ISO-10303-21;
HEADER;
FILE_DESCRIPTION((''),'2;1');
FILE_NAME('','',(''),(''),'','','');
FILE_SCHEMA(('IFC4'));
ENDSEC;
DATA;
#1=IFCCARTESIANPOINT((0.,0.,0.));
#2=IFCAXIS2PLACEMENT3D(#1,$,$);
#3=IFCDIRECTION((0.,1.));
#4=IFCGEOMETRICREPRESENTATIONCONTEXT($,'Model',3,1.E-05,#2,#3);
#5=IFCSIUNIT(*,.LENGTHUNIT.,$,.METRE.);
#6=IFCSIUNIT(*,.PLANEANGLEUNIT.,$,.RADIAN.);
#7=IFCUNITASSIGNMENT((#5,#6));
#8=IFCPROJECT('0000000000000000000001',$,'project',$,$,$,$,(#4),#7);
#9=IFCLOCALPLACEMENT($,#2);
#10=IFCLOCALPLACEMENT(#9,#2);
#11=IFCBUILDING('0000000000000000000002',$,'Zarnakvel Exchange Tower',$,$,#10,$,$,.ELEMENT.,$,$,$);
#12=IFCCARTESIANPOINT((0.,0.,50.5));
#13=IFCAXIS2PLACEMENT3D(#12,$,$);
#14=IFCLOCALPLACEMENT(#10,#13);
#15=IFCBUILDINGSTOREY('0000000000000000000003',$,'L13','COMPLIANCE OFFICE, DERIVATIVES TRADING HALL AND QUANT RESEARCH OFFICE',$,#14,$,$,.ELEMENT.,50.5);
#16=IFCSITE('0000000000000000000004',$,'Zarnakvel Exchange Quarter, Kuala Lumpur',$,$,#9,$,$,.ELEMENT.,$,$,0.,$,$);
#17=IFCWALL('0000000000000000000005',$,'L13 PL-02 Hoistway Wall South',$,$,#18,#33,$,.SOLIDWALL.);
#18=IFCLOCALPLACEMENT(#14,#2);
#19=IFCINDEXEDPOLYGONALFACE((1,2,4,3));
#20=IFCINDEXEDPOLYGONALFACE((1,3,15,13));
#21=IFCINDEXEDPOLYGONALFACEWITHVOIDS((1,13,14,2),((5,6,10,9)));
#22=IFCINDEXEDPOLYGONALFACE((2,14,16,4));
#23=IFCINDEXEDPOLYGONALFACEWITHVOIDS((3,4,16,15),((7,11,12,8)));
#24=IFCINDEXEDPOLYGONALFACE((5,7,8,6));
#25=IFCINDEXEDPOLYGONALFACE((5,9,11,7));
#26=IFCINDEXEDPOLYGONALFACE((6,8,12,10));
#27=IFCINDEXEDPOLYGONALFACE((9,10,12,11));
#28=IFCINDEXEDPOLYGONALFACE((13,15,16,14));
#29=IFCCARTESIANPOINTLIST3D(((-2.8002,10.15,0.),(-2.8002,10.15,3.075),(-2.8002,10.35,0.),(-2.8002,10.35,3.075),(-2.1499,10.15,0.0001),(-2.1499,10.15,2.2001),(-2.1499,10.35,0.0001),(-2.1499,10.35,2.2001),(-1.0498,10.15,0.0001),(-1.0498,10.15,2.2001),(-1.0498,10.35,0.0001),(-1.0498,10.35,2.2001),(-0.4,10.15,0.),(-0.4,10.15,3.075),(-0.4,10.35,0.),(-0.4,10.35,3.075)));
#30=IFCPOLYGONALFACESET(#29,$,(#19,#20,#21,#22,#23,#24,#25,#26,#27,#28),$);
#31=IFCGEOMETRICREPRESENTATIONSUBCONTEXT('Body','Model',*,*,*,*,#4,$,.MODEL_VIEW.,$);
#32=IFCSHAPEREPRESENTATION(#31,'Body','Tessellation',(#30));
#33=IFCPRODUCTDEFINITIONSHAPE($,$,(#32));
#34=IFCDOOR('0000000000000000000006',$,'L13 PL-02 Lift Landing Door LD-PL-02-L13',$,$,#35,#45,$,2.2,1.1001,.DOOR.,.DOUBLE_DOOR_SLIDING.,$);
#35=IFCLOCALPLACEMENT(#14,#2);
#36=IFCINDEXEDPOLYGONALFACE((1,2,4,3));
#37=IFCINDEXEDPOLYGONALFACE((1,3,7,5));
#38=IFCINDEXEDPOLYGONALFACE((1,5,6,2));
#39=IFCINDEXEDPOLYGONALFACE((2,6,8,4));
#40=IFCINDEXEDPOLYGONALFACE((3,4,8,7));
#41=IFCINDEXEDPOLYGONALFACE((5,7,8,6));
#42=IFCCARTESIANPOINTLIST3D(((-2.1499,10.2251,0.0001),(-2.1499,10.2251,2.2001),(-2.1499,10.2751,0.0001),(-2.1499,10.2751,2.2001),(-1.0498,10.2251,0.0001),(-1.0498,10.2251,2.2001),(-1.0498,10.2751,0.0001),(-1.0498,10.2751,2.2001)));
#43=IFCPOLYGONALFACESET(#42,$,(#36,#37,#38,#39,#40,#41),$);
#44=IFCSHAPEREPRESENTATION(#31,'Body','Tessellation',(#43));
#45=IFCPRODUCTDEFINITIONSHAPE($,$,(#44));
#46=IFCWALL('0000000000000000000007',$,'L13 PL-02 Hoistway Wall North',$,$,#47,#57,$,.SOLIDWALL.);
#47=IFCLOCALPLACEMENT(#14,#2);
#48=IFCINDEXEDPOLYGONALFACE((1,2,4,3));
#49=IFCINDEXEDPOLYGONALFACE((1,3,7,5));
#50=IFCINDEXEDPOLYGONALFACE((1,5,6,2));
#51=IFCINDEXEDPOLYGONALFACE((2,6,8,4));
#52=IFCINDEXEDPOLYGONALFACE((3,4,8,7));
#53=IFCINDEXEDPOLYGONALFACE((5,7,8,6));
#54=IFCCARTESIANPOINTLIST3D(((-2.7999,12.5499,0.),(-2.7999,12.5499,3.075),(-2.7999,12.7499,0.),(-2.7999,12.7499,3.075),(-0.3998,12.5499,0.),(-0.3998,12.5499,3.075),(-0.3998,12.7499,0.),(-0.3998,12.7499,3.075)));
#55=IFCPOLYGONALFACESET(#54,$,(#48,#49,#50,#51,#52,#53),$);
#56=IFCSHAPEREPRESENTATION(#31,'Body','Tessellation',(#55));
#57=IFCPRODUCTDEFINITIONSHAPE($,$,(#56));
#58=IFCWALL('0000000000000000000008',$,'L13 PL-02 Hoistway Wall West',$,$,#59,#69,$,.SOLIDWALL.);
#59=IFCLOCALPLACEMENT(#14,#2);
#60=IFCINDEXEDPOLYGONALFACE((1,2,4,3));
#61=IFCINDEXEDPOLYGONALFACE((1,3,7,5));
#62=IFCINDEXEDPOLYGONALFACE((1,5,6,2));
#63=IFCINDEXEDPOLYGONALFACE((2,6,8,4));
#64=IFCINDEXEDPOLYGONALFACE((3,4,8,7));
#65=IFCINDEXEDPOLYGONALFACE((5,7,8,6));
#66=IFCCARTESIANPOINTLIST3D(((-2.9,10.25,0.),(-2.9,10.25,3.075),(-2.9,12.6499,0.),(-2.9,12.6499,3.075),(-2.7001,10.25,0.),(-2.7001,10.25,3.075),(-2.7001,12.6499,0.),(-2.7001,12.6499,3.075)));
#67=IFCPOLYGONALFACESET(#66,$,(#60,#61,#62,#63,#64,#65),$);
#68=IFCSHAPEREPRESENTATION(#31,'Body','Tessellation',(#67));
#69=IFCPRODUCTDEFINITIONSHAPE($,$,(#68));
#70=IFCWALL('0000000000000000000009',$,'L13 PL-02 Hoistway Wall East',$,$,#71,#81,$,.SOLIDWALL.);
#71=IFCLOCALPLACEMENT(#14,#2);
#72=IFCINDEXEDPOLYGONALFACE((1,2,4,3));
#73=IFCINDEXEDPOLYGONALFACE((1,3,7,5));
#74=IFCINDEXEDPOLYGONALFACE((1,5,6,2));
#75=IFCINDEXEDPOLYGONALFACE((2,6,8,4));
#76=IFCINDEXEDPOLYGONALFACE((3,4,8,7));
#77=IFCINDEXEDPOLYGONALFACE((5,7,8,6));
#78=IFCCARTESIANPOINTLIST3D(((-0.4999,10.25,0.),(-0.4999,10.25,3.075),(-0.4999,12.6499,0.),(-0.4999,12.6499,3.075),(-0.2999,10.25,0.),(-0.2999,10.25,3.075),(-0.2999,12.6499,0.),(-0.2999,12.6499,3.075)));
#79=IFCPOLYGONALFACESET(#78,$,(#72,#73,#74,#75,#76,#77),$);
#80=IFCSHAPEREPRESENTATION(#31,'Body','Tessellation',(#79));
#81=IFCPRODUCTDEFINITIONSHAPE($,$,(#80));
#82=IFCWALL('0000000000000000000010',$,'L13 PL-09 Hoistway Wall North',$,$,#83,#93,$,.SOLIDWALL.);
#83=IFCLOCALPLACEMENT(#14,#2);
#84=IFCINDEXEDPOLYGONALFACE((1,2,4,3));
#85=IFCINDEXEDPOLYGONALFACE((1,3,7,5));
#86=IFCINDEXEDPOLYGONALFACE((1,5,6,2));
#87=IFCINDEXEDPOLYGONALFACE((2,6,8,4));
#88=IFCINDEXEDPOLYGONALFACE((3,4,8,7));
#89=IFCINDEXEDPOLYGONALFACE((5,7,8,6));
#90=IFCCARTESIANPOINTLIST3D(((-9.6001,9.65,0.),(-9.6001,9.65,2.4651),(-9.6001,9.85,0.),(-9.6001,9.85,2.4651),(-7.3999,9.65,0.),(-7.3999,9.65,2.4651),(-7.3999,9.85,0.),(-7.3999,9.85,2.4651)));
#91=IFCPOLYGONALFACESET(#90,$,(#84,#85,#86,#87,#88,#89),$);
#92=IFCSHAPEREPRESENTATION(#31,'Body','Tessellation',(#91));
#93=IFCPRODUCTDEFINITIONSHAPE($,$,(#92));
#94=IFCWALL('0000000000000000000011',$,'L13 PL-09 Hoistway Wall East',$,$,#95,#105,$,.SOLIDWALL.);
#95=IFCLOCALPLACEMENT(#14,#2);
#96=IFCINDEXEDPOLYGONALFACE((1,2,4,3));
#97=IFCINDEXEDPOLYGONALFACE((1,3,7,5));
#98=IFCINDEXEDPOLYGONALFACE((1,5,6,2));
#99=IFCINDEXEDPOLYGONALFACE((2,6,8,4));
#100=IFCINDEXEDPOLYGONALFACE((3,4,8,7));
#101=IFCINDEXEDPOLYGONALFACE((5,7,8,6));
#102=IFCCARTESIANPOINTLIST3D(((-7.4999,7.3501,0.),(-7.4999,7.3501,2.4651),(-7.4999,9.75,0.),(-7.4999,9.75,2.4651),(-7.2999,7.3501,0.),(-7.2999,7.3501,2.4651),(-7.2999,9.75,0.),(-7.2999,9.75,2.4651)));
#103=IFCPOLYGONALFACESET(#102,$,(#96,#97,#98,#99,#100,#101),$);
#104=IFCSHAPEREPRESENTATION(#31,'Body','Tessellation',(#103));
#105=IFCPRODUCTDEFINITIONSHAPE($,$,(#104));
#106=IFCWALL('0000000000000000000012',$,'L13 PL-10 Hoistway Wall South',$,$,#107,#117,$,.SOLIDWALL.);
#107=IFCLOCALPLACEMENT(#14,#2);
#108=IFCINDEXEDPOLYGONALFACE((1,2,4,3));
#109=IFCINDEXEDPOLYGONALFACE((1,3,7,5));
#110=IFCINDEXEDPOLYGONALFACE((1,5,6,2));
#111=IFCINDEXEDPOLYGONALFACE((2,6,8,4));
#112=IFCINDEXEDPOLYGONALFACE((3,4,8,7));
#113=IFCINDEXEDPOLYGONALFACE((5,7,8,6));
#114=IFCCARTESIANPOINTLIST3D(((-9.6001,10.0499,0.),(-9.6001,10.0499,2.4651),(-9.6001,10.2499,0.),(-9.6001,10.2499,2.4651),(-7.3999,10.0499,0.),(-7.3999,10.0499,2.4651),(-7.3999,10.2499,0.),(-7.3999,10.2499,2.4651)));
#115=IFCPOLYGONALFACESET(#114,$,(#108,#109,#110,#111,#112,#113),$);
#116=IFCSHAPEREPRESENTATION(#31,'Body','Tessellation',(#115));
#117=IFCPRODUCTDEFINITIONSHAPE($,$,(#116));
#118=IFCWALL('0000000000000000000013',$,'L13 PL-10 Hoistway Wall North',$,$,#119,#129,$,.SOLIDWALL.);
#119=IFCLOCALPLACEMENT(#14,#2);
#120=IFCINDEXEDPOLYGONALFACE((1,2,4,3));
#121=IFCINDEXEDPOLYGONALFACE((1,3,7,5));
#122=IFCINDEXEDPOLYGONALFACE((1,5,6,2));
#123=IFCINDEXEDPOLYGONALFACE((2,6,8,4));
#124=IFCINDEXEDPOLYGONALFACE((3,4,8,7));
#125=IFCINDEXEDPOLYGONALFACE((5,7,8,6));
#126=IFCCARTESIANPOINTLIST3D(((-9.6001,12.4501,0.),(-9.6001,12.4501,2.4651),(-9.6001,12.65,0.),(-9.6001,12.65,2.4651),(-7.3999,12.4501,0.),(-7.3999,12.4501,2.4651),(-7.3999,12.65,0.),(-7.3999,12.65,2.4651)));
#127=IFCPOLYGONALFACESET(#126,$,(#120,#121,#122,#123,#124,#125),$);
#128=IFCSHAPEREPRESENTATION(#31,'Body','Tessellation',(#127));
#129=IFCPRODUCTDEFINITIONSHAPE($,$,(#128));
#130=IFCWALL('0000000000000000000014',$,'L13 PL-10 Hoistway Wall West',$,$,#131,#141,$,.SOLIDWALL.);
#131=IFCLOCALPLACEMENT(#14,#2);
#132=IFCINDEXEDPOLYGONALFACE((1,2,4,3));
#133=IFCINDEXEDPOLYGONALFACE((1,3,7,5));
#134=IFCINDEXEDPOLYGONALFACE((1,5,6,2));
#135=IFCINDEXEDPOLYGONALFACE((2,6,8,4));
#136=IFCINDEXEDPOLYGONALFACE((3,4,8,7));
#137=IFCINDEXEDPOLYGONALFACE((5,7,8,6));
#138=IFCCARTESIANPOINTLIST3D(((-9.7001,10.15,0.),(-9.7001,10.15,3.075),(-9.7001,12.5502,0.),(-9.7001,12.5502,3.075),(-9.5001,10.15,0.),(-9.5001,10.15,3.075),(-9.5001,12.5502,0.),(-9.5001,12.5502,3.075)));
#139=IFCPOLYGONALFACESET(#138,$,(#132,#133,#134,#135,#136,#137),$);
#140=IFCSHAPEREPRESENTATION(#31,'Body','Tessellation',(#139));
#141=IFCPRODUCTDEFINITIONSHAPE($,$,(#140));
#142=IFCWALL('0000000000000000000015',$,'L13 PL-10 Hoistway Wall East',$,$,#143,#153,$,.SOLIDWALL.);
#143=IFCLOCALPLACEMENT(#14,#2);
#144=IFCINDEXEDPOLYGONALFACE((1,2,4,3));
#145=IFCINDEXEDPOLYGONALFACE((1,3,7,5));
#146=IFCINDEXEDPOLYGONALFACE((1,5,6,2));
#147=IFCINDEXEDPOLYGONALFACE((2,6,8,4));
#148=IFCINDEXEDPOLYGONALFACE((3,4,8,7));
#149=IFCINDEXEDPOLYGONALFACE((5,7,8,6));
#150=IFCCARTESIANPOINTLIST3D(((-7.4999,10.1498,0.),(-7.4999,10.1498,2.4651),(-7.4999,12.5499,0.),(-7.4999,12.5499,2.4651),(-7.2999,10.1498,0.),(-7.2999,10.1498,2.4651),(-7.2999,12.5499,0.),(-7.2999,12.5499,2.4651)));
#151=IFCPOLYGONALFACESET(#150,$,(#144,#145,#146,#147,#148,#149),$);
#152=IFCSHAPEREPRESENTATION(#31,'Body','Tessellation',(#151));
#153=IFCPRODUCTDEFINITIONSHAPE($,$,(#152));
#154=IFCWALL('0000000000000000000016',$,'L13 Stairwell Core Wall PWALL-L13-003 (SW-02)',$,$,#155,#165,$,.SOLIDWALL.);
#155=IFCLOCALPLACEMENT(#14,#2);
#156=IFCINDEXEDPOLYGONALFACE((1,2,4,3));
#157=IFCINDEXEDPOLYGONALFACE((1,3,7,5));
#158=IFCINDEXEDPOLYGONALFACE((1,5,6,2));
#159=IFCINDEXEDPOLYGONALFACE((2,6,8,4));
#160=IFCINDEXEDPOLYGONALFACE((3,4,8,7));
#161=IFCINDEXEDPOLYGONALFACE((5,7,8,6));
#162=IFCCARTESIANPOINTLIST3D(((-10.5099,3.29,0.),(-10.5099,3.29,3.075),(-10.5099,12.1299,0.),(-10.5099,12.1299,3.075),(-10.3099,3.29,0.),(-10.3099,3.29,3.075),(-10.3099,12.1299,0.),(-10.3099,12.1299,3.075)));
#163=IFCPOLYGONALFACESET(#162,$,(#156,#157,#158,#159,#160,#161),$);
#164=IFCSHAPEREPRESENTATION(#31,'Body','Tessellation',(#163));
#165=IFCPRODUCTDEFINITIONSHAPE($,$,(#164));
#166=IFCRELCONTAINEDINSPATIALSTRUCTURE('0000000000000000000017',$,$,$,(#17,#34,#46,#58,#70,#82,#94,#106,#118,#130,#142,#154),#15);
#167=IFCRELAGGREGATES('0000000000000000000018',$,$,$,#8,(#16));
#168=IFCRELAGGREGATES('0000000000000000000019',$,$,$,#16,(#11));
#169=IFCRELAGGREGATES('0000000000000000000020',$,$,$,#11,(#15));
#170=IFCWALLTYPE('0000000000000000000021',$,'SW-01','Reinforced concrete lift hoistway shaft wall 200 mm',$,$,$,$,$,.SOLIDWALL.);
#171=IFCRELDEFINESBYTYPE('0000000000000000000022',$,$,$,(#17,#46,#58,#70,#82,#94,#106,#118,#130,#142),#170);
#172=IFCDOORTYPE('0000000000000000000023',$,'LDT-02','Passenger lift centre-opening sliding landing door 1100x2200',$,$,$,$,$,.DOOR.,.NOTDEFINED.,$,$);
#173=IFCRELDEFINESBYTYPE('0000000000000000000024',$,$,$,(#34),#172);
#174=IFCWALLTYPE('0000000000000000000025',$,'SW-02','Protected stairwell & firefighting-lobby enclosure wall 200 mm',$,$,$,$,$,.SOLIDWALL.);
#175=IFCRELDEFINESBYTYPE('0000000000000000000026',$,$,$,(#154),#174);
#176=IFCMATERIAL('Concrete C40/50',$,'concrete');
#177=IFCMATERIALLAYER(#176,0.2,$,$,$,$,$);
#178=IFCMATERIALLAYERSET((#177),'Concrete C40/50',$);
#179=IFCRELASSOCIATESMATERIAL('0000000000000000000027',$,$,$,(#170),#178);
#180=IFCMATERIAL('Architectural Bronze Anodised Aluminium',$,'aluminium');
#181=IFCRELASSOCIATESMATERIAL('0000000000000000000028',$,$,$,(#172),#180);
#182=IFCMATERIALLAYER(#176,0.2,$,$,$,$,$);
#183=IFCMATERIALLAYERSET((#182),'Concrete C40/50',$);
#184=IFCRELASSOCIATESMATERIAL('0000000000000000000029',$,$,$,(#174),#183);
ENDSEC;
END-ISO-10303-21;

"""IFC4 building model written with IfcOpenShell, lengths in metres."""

from ifc_helpers import new_model, si_unit, direction, frame, frame_2d, origin, place, context, subcontext, project, spatial, rectangle, extrude, source, transform, mapped, material, layer, layer_set, type_object, element, fill, save


model = new_model("IFC4")

# Units and contexts
model_context = context("Model", 3, precision=1e-05, world=origin(), true_north=direction((0.0, 1.0)))
body_context = subcontext(model_context, "Body", "Model", "MODEL_VIEW")
ifc_project = project(units=[si_unit("LENGTHUNIT", "METRE"), si_unit("PLANEANGLEUNIT", "RADIAN")], contexts=[model_context])

# Site, building, storey
site_placement = place(None, origin())
site = spatial("IfcSite", under=ifc_project, at=site_placement, Name="Zarnakvel Exchange Quarter, Kuala Lumpur", CompositionType="ELEMENT", RefElevation=0.0)
building_placement = place(site_placement, origin())
building = spatial("IfcBuilding", under=site, at=building_placement, Name="Zarnakvel Exchange Tower", CompositionType="ELEMENT")
storey_placement = place(building_placement, frame((0.0, 0.0, 50.5)))
storey = spatial("IfcBuildingStorey", under=building, at=storey_placement, Name="L13", Description="COMPLIANCE OFFICE, DERIVATIVES TRADING HALL AND QUANT RESEARCH OFFICE", CompositionType="ELEMENT", Elevation=50.5)

# Shared definitions
ifc_material_1 = material(Name="Architectural Bronze Anodised Aluminium", Category="aluminium")

# Shared definitions
ifc_material_2 = material(Name="Concrete C40/50", Category="concrete")
ifc_layer_1 = layer(ifc_material_2, 0.2)
ifc_layer_set_1 = layer_set([ifc_layer_1], Name="Concrete C40/50")
wall_type_1 = type_object("IfcWallType", Name="SW-01", Description="Reinforced concrete lift hoistway shaft wall 200 mm", PredefinedType="SOLIDWALL", material=ifc_layer_set_1)
door_type = type_object("IfcDoorType", Name="LDT-02", Description="Passenger lift centre-opening sliding landing door 1100x2200", OperationType="NOTDEFINED", PredefinedType="DOOR", material=ifc_material_1)
shared_shape_1 = source(origin(), body_context, "Body", "SweptSolid", [
    extrude(rectangle(XDim=1.1001, YDim=2.2, at=frame_2d((0.55, 1.1001))), frame((0.0, 0.0249, 0.0), z_axis=(0.0, -1.0, 0.0), x_axis=(1.0, 0.0, 0.0)), (0.0, 0.0, 1.0), 0.05),
])

# Wall, opening, door
wall_1_placement = place(storey_placement, frame((-0.3999, 10.25, 0.0), z_axis=(0.0, 0.0, 1.0), x_axis=(-1.0, 0.0, 0.0)))
wall_1 = element("IfcWall", 1, at=wall_1_placement, inside=storey, type_object=wall_type_1, Name="L13 PL-02 Hoistway Wall South", PredefinedType="SOLIDWALL", context=body_context, shape_type="SweptSolid", body=[
    extrude(rectangle(XDim=2.4001, YDim=0.2, at=frame_2d((1.2002, 0.0))), origin(), (0.0, 0.0, 1.0), 3.075),
])
opening_1_placement = place(wall_1_placement, frame((0.6499, 0.0, 0.0)))
opening_1 = element("IfcOpeningElement", 2, at=opening_1_placement, cuts=wall_1, PredefinedType="OPENING", context=body_context, shape_type="SweptSolid", body=[
    extrude(rectangle(XDim=1.1001, YDim=2.2, at=frame_2d((0.55, 1.1001))), frame((0.0, 0.1099, 0.0), z_axis=(0.0, -1.0, 0.0), x_axis=(1.0, 0.0, 0.0)), (0.0, 0.0, 1.0), 0.22),
])
door_1_placement = place(opening_1_placement, origin())
door_1 = element("IfcDoor", 3, at=door_1_placement, inside=storey, type_object=door_type, Name="L13 PL-02 Lift Landing Door LD-PL-02-L13", OperationType="DOUBLE_DOOR_SLIDING", OverallHeight=2.2, OverallWidth=1.1001, PredefinedType="DOOR", context=body_context, shape_type="MappedRepresentation", body=[
    mapped(shared_shape_1, transform((0.0, 0.0, 0.0), x_axis=(1.0, 0.0, 0.0), y_axis=(0.0, 1.0, 0.0), z_axis=(0.0, 0.0, 1.0), scale=1.0)),
])
fill(opening_1, door_1)

# Walls
wall_2_placement = place(storey_placement, frame((-2.8, 12.6499, 0.0), z_axis=(0.0, 0.0, 1.0), x_axis=(1.0, 0.0, 0.0)))
element("IfcWall", 4, at=wall_2_placement, inside=storey, type_object=wall_type_1, Name="L13 PL-02 Hoistway Wall North", PredefinedType="SOLIDWALL", context=body_context, shape_type="SweptSolid", body=[
    extrude(rectangle(XDim=2.4001, YDim=0.2, at=frame_2d((1.2002, 0.0))), origin(), (0.0, 0.0, 1.0), 3.075),
])
for number, where, z_axis, x_axis, name in (
    (5, (-2.8, 10.25, 0.0), (0.0, 0.0, 1.0), (0.0, 1.0, 0.0), "L13 PL-02 Hoistway Wall West"),
    (6, (-0.3999, 12.6499, 0.0), (0.0, 0.0, 1.0), (0.0, -1.0, 0.0), "L13 PL-02 Hoistway Wall East"),
):
    element("IfcWall", number, at=place(storey_placement, frame(where, z_axis=z_axis, x_axis=x_axis)), inside=storey, type_object=wall_type_1, Name=name, PredefinedType="SOLIDWALL", context=body_context, shape_type="SweptSolid", body=[
        extrude(rectangle(XDim=2.3999, YDim=0.2, at=frame_2d((1.2, 0.0))), origin(), (0.0, 0.0, 1.0), 3.075),
    ])
wall_3_placement = place(storey_placement, frame((-9.6001, 9.75, 0.0), z_axis=(0.0, 0.0, 1.0), x_axis=(1.0, 0.0, 0.0)))
element("IfcWall", 7, at=wall_3_placement, inside=storey, type_object=wall_type_1, Name="L13 PL-09 Hoistway Wall North", PredefinedType="SOLIDWALL", context=body_context, shape_type="SweptSolid", body=[
    extrude(rectangle(XDim=2.2002, YDim=0.2, at=frame_2d((1.1001, 0.0))), origin(), (0.0, 0.0, 1.0), 2.4651),
])
wall_4_placement = place(storey_placement, frame((-7.3999, 9.75, 0.0), z_axis=(0.0, 0.0, 1.0), x_axis=(0.0, -1.0, 0.0)))
element("IfcWall", 8, at=wall_4_placement, inside=storey, type_object=wall_type_1, Name="L13 PL-09 Hoistway Wall East", PredefinedType="SOLIDWALL", context=body_context, shape_type="SweptSolid", body=[
    extrude(rectangle(XDim=2.3999, YDim=0.2, at=frame_2d((1.2, 0.0))), origin(), (0.0, 0.0, 1.0), 2.4651),
])
for number, where, z_axis, x_axis, name in (
    (9, (-7.3999, 10.1499, 0.0), (0.0, 0.0, 1.0), (-1.0, 0.0, 0.0), "L13 PL-10 Hoistway Wall South"),
    (10, (-9.6001, 12.55, 0.0), (0.0, 0.0, 1.0), (1.0, 0.0, 0.0), "L13 PL-10 Hoistway Wall North"),
):
    element("IfcWall", number, at=place(storey_placement, frame(where, z_axis=z_axis, x_axis=x_axis)), inside=storey, type_object=wall_type_1, Name=name, PredefinedType="SOLIDWALL", context=body_context, shape_type="SweptSolid", body=[
        extrude(rectangle(XDim=2.2002, YDim=0.2, at=frame_2d((1.1001, 0.0))), origin(), (0.0, 0.0, 1.0), 2.4651),
    ])
wall_5_placement = place(storey_placement, frame((-9.6001, 10.1499, 0.0), z_axis=(0.0, 0.0, 1.0), x_axis=(0.0, 1.0, 0.0)))
element("IfcWall", 11, at=wall_5_placement, inside=storey, type_object=wall_type_1, Name="L13 PL-10 Hoistway Wall West", PredefinedType="SOLIDWALL", context=body_context, shape_type="SweptSolid", body=[
    extrude(rectangle(XDim=2.4001, YDim=0.2, at=frame_2d((1.2002, 0.0))), origin(), (0.0, 0.0, 1.0), 3.075),
])
wall_6_placement = place(storey_placement, frame((-7.3999, 12.55, 0.0), z_axis=(0.0, 0.0, 1.0), x_axis=(0.0, -1.0, 0.0)))
element("IfcWall", 12, at=wall_6_placement, inside=storey, type_object=wall_type_1, Name="L13 PL-10 Hoistway Wall East", PredefinedType="SOLIDWALL", context=body_context, shape_type="SweptSolid", body=[
    extrude(rectangle(XDim=2.4001, YDim=0.2, at=frame_2d((1.2002, 0.0))), origin(), (0.0, 0.0, 1.0), 2.4651),
])
ifc_layer_2 = layer(ifc_material_2, 0.2)
ifc_layer_set_2 = layer_set([ifc_layer_2], Name="Concrete C40/50")
wall_type_2 = type_object("IfcWallType", Name="SW-02", Description="Protected stairwell & firefighting-lobby enclosure wall 200 mm", PredefinedType="SOLIDWALL", material=ifc_layer_set_2)
wall_7_placement = place(storey_placement, frame((-10.4099, 12.1299, 0.0), z_axis=(0.0, 0.0, 1.0), x_axis=(0.0, -1.0, 0.0)))
element("IfcWall", 13, at=wall_7_placement, inside=storey, type_object=wall_type_2, Name="L13 Stairwell Core Wall PWALL-L13-003 (SW-02)", PredefinedType="SOLIDWALL", context=body_context, shape_type="SweptSolid", body=[
    extrude(rectangle(XDim=8.8398, YDim=0.2, at=frame_2d((4.4199, 0.0))), origin(), (0.0, 0.0, 1.0), 3.075),
])

save(model, "model.ifc")
